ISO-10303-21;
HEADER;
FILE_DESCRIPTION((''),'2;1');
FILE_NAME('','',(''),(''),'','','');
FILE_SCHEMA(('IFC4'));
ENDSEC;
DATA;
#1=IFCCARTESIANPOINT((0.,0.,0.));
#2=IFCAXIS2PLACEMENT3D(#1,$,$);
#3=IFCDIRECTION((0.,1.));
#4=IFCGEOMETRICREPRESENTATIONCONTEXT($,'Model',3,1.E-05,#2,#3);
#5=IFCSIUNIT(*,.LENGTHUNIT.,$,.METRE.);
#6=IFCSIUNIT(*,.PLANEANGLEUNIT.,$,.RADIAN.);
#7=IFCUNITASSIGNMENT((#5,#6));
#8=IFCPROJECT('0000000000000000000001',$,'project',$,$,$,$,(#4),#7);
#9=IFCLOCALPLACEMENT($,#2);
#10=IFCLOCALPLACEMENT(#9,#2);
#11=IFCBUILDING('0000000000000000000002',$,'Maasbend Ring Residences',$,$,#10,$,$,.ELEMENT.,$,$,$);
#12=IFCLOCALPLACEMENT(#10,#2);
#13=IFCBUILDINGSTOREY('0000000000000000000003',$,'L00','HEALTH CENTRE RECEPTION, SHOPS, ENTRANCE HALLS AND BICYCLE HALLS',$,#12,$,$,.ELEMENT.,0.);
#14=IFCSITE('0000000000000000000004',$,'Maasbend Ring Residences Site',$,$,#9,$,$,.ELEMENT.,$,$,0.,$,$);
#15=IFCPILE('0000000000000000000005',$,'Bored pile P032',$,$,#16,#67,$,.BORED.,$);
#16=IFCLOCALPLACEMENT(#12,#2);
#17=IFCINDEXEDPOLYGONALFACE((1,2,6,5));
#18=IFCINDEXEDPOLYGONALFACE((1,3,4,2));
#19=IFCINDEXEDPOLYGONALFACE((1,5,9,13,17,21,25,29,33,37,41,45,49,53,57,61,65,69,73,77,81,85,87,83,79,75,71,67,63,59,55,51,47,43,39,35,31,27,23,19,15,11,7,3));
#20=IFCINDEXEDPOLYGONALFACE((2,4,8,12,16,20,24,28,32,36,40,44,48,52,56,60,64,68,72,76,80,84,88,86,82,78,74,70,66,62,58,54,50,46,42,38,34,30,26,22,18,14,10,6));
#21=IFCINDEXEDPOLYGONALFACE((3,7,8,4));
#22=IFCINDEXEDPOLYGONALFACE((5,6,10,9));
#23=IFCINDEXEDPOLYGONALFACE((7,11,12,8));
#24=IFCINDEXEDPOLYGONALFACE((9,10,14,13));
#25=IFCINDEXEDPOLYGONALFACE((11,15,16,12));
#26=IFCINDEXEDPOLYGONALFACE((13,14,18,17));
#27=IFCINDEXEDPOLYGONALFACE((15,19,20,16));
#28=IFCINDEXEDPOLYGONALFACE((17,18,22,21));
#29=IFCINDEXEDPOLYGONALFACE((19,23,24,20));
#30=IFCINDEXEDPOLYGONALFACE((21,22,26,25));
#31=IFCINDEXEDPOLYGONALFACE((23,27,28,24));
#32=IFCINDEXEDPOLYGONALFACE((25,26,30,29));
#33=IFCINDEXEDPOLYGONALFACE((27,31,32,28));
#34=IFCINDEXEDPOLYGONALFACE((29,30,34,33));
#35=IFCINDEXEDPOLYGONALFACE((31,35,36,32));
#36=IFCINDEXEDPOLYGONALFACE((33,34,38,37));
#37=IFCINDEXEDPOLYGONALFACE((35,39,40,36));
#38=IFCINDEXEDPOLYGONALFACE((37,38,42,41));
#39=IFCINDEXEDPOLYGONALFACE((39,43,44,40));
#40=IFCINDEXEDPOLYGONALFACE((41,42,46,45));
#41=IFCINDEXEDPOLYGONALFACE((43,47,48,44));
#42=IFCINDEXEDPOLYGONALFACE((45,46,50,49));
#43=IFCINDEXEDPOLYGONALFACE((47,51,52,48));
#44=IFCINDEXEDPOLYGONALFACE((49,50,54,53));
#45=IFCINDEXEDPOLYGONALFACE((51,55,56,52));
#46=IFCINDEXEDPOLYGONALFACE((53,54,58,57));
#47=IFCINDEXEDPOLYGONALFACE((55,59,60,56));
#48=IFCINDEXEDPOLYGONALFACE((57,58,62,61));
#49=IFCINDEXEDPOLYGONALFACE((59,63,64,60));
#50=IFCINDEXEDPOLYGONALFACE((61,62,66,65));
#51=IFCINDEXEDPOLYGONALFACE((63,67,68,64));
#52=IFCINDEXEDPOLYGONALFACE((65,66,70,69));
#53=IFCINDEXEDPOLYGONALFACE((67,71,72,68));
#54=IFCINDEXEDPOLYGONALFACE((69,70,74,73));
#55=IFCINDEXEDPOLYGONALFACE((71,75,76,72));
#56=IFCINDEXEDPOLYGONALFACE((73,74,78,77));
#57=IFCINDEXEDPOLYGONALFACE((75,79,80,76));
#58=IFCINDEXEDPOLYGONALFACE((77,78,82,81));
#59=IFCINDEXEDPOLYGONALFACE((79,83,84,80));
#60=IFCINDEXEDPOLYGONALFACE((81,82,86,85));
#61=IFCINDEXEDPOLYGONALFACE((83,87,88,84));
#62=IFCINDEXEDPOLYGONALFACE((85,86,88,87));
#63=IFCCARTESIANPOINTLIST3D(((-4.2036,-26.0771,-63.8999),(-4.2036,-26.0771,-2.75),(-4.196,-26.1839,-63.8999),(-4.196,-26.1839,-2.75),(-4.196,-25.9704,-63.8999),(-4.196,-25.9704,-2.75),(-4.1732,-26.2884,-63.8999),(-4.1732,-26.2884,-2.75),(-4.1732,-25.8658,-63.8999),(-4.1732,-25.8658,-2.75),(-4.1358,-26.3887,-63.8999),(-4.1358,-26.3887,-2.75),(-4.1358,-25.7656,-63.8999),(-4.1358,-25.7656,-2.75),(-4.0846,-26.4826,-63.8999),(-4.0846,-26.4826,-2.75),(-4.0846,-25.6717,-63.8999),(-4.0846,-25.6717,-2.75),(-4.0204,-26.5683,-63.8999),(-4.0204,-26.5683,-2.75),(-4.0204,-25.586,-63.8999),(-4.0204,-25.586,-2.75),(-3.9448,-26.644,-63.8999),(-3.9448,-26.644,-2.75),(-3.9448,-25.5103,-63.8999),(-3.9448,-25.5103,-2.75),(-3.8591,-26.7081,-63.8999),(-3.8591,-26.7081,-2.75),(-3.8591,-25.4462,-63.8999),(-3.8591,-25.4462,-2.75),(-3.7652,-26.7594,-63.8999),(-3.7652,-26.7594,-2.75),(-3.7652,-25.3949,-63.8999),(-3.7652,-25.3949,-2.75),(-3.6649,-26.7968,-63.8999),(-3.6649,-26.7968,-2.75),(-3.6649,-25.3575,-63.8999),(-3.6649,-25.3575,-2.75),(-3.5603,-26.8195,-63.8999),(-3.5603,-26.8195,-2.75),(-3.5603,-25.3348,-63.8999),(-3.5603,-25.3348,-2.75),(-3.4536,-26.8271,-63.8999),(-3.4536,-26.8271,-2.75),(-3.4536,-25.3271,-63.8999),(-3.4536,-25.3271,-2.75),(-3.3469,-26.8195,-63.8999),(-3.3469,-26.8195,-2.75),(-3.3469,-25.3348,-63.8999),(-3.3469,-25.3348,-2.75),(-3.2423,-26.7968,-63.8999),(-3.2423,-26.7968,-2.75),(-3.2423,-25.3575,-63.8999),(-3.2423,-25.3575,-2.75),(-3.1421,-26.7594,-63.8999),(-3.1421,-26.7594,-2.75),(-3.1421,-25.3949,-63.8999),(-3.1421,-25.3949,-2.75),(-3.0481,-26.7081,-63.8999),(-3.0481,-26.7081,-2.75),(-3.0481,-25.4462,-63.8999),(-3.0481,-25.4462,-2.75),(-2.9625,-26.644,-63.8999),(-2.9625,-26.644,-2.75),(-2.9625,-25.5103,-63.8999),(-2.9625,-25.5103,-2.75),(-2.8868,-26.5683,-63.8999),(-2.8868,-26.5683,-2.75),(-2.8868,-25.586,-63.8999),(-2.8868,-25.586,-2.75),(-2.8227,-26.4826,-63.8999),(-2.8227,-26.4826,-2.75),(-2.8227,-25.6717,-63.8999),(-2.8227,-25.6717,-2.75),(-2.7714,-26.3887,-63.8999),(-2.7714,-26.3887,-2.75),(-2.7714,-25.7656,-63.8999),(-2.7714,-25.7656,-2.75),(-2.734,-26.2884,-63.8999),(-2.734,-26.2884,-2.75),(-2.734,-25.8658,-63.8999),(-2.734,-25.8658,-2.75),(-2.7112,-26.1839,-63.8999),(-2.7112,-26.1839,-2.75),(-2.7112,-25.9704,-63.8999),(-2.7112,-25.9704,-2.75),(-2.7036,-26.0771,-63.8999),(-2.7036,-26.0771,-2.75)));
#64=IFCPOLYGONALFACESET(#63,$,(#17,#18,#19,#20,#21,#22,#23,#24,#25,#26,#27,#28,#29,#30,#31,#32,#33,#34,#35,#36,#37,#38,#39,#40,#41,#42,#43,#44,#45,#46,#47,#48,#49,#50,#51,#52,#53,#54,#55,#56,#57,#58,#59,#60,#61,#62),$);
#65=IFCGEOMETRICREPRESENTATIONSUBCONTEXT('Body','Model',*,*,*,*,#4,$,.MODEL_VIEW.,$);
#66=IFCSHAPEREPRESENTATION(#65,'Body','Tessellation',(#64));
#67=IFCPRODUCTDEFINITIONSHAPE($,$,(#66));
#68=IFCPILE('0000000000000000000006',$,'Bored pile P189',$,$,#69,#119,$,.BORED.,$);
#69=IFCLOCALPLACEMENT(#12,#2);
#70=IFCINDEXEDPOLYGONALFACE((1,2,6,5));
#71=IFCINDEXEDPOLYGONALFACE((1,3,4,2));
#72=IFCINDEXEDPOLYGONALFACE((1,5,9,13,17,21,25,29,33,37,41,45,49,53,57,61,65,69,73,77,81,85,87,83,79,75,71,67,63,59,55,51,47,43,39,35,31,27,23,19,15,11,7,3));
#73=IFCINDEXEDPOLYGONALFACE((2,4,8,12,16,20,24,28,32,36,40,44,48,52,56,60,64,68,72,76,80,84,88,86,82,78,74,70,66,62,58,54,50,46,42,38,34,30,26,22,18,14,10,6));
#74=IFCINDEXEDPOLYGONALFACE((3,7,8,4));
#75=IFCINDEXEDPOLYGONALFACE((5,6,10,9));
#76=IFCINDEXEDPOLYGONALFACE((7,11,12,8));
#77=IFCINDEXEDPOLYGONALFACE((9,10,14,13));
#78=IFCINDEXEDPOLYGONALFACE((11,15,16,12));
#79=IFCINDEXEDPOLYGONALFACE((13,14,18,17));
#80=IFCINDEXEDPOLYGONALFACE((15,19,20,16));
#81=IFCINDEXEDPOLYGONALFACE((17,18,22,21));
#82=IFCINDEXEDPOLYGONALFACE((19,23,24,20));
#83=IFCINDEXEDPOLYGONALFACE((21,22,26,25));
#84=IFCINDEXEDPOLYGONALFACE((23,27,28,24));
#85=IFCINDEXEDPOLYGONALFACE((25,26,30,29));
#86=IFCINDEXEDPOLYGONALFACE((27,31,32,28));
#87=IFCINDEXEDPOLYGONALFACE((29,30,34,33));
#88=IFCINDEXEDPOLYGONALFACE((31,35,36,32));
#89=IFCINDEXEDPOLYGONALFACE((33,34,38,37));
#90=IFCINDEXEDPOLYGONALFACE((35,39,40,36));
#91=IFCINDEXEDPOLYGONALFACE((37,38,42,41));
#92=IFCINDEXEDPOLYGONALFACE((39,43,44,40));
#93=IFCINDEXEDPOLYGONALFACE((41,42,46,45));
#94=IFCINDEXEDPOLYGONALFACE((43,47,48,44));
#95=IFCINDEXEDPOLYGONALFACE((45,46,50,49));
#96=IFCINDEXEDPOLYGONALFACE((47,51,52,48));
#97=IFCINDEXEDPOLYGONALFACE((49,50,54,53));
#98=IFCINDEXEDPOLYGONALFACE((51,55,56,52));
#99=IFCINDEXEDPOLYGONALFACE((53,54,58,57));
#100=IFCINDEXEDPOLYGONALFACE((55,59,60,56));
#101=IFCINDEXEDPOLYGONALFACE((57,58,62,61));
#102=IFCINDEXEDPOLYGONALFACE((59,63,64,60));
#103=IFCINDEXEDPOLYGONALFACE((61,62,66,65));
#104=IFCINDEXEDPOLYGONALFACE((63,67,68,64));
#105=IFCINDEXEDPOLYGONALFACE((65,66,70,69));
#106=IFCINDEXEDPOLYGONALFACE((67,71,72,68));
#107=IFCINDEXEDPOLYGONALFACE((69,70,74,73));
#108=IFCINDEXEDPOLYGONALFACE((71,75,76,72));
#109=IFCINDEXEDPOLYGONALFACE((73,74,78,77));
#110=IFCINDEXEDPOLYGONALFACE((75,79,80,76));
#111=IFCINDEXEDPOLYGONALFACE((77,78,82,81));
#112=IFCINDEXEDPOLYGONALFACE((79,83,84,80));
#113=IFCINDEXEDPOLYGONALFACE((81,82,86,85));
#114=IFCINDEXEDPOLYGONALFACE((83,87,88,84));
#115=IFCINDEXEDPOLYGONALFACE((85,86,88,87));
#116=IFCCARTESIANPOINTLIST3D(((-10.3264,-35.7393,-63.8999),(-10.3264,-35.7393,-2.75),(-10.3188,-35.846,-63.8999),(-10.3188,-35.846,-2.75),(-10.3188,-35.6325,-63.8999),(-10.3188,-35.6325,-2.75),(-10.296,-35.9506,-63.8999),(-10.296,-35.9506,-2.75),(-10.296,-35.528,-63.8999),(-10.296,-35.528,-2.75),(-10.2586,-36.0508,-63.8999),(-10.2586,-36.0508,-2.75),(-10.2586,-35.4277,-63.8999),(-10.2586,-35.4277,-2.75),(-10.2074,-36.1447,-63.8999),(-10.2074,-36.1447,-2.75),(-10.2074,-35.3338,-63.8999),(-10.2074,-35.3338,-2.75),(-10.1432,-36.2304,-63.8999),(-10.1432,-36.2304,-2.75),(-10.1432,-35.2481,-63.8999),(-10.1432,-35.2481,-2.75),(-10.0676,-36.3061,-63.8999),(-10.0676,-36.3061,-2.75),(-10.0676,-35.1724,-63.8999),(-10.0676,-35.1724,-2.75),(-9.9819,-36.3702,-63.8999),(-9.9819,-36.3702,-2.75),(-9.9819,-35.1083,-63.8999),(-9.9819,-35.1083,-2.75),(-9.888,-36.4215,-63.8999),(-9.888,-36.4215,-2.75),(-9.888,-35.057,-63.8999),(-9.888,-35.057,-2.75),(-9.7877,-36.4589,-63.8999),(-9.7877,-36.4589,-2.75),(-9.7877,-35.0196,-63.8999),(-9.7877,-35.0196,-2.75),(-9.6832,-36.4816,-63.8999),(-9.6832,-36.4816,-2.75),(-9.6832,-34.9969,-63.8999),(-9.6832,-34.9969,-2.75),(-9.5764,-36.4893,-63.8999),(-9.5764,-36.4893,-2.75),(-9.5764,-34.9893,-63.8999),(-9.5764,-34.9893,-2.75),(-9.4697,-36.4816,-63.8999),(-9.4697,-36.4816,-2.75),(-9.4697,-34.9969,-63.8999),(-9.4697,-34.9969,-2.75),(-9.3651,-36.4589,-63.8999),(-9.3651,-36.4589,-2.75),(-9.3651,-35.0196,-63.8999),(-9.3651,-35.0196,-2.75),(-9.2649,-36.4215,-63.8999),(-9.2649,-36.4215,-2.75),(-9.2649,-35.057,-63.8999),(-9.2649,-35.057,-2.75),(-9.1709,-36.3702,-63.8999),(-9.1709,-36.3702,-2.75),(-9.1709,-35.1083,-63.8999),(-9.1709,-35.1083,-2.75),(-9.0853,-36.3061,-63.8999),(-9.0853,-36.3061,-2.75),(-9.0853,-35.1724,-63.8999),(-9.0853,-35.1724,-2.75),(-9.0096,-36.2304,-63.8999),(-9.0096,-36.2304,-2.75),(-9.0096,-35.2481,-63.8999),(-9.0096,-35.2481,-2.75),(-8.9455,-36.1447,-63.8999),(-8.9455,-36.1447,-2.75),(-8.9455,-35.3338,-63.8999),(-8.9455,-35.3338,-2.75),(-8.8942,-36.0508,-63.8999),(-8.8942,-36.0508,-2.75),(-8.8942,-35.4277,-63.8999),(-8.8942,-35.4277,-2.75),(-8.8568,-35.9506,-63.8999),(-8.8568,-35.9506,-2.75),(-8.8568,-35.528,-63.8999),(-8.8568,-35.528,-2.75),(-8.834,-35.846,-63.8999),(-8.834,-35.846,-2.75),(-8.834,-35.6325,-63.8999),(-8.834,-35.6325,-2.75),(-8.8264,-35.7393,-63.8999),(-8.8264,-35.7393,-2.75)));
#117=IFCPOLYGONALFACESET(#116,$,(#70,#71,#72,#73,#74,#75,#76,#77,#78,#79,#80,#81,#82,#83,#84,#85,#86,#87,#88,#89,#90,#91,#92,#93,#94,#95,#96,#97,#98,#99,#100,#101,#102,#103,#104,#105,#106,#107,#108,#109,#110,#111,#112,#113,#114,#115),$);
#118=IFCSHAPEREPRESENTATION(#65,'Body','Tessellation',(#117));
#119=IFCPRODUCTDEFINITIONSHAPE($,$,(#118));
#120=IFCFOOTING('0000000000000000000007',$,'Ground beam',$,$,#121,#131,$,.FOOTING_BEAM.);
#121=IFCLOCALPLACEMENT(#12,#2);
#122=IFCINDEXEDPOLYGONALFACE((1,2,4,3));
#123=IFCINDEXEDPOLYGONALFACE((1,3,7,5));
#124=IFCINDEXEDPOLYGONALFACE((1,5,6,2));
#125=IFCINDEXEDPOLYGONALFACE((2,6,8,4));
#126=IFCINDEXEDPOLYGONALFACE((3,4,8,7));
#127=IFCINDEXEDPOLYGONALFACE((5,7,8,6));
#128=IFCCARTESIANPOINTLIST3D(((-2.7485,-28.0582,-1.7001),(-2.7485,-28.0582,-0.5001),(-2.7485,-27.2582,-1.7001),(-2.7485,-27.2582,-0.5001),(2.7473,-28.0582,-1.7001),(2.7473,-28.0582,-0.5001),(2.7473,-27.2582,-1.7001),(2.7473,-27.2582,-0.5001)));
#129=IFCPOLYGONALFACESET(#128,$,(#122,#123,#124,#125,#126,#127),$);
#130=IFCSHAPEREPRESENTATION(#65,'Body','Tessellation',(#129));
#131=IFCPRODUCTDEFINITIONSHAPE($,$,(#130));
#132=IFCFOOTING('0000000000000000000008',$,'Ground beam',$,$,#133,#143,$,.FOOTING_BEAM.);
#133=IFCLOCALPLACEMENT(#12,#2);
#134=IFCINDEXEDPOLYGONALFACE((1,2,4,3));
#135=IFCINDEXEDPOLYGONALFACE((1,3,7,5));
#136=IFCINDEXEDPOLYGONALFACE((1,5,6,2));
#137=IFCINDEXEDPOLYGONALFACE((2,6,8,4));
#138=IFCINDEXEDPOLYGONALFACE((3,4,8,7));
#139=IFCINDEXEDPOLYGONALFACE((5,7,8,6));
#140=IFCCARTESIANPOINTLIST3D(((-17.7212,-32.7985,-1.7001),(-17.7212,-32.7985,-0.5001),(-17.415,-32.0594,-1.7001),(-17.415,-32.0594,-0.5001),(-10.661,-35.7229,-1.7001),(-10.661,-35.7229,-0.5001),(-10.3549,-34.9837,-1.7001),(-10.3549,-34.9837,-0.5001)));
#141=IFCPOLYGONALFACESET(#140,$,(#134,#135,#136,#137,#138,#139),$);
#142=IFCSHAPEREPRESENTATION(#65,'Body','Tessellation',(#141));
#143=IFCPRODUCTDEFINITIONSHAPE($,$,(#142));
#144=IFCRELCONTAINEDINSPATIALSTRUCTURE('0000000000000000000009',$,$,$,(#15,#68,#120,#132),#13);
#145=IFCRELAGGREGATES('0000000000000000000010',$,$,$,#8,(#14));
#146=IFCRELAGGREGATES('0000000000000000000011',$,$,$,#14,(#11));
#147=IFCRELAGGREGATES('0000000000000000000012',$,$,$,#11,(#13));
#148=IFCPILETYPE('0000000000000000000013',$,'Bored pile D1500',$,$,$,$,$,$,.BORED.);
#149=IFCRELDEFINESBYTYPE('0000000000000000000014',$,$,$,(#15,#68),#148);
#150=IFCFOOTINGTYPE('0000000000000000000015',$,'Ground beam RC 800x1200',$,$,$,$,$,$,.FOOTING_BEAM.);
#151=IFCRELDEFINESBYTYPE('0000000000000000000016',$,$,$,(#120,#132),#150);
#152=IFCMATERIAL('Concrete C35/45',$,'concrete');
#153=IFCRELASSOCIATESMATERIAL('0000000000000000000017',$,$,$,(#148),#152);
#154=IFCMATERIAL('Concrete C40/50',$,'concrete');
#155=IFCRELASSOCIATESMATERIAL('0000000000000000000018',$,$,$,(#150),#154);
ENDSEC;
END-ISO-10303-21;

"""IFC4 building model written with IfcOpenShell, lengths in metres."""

from ifc_helpers import new_model, si_unit, direction, frame, origin, origin_2d, place, context, subcontext, project, spatial, rectangle, circle, extrude, material, material_profile, profile_set, type_object, element, save


model = new_model("IFC4")

# Units and contexts
model_context = context("Model", 3, precision=1e-05, world=origin(), true_north=direction((0.0, 1.0)))
body_context = subcontext(model_context, "Body", "Model", "MODEL_VIEW")
ifc_project = project(units=[si_unit("LENGTHUNIT", "METRE"), si_unit("PLANEANGLEUNIT", "RADIAN")], contexts=[model_context])

# Site, building, storey
site_placement = place(None, origin())
site = spatial("IfcSite", under=ifc_project, at=site_placement, Name="Maasbend Ring Residences Site", CompositionType="ELEMENT", RefElevation=0.0)
building_placement = place(site_placement, origin())
building = spatial("IfcBuilding", under=site, at=building_placement, Name="Maasbend Ring Residences", CompositionType="ELEMENT")
storey_placement = place(building_placement, origin())
storey = spatial("IfcBuildingStorey", under=building, at=storey_placement, Name="L00", Description="HEALTH CENTRE RECEPTION, SHOPS, ENTRANCE HALLS AND BICYCLE HALLS", CompositionType="ELEMENT", Elevation=0.0)

# Piles
ifc_material_1 = material(Name="Concrete C35/45", Category="concrete")
ifc_material_profile_1 = material_profile(ifc_material_1, circle(Radius=0.75, at=origin_2d()), Name="Bored pile D1500")
ifc_profile_set_1 = profile_set([ifc_material_profile_1], Name="Concrete C35/45")
pile_type = type_object("IfcPileType", Name="Bored pile D1500", PredefinedType="BORED", material=ifc_profile_set_1)
for number, where, z_axis, x_axis, name in (
    (1, (-3.4536, -26.0771, -2.75), (0.0, 0.0, -1.0), (1.0, 0.0, 0.0), "Bored pile P032"),
    (2, (-9.5764, -35.7393, -2.75), (0.0, 0.0, -1.0), (1.0, 0.0, 0.0), "Bored pile P189"),
):
    element("IfcPile", number, at=place(storey_placement, frame(where, z_axis=z_axis, x_axis=x_axis)), inside=storey, type_object=pile_type, Name=name, PredefinedType="BORED", context=body_context, shape_type="SweptSolid", body=[
        extrude(circle(Radius=0.75, at=origin_2d()), origin(), (0.0, 0.0, 1.0), 61.1499),
    ])

# Footings
ifc_material_2 = material(Name="Concrete C40/50", Category="concrete")
ifc_material_profile_2 = material_profile(ifc_material_2, rectangle(XDim=0.8, YDim=1.2, at=origin_2d()), Name="Ground beam RC 800x1200")
ifc_profile_set_2 = profile_set([ifc_material_profile_2], Name="Concrete C40/50")
footing_type = type_object("IfcFootingType", Name="Ground beam RC 800x1200", PredefinedType="FOOTING_BEAM", material=ifc_profile_set_2)
footing_1_placement = place(storey_placement, frame((-2.7485, -27.6582, -1.1001), z_axis=(1.0, 0.0, 0.0), x_axis=(0.0, 1.0, 0.0)))
element("IfcFooting", 3, at=footing_1_placement, inside=storey, type_object=footing_type, Name="Ground beam", PredefinedType="FOOTING_BEAM", context=body_context, shape_type="SweptSolid", body=[
    extrude(rectangle(XDim=0.8, YDim=1.2, at=origin_2d()), origin(), (0.0, 0.0, 1.0), 5.4958),
])
footing_2_placement = place(storey_placement, frame((-17.5681, -32.429, -1.1001), z_axis=(0.923882, -0.382677, 0.0), x_axis=(0.382677, 0.923882, 0.0)))
element("IfcFooting", 4, at=footing_2_placement, inside=storey, type_object=footing_type, Name="Ground beam", PredefinedType="FOOTING_BEAM", context=body_context, shape_type="SweptSolid", body=[
    extrude(rectangle(XDim=0.8, YDim=1.2, at=origin_2d()), origin(), (0.0, 0.0, 1.0), 7.6418),
])

save(model, "model.ifc")
